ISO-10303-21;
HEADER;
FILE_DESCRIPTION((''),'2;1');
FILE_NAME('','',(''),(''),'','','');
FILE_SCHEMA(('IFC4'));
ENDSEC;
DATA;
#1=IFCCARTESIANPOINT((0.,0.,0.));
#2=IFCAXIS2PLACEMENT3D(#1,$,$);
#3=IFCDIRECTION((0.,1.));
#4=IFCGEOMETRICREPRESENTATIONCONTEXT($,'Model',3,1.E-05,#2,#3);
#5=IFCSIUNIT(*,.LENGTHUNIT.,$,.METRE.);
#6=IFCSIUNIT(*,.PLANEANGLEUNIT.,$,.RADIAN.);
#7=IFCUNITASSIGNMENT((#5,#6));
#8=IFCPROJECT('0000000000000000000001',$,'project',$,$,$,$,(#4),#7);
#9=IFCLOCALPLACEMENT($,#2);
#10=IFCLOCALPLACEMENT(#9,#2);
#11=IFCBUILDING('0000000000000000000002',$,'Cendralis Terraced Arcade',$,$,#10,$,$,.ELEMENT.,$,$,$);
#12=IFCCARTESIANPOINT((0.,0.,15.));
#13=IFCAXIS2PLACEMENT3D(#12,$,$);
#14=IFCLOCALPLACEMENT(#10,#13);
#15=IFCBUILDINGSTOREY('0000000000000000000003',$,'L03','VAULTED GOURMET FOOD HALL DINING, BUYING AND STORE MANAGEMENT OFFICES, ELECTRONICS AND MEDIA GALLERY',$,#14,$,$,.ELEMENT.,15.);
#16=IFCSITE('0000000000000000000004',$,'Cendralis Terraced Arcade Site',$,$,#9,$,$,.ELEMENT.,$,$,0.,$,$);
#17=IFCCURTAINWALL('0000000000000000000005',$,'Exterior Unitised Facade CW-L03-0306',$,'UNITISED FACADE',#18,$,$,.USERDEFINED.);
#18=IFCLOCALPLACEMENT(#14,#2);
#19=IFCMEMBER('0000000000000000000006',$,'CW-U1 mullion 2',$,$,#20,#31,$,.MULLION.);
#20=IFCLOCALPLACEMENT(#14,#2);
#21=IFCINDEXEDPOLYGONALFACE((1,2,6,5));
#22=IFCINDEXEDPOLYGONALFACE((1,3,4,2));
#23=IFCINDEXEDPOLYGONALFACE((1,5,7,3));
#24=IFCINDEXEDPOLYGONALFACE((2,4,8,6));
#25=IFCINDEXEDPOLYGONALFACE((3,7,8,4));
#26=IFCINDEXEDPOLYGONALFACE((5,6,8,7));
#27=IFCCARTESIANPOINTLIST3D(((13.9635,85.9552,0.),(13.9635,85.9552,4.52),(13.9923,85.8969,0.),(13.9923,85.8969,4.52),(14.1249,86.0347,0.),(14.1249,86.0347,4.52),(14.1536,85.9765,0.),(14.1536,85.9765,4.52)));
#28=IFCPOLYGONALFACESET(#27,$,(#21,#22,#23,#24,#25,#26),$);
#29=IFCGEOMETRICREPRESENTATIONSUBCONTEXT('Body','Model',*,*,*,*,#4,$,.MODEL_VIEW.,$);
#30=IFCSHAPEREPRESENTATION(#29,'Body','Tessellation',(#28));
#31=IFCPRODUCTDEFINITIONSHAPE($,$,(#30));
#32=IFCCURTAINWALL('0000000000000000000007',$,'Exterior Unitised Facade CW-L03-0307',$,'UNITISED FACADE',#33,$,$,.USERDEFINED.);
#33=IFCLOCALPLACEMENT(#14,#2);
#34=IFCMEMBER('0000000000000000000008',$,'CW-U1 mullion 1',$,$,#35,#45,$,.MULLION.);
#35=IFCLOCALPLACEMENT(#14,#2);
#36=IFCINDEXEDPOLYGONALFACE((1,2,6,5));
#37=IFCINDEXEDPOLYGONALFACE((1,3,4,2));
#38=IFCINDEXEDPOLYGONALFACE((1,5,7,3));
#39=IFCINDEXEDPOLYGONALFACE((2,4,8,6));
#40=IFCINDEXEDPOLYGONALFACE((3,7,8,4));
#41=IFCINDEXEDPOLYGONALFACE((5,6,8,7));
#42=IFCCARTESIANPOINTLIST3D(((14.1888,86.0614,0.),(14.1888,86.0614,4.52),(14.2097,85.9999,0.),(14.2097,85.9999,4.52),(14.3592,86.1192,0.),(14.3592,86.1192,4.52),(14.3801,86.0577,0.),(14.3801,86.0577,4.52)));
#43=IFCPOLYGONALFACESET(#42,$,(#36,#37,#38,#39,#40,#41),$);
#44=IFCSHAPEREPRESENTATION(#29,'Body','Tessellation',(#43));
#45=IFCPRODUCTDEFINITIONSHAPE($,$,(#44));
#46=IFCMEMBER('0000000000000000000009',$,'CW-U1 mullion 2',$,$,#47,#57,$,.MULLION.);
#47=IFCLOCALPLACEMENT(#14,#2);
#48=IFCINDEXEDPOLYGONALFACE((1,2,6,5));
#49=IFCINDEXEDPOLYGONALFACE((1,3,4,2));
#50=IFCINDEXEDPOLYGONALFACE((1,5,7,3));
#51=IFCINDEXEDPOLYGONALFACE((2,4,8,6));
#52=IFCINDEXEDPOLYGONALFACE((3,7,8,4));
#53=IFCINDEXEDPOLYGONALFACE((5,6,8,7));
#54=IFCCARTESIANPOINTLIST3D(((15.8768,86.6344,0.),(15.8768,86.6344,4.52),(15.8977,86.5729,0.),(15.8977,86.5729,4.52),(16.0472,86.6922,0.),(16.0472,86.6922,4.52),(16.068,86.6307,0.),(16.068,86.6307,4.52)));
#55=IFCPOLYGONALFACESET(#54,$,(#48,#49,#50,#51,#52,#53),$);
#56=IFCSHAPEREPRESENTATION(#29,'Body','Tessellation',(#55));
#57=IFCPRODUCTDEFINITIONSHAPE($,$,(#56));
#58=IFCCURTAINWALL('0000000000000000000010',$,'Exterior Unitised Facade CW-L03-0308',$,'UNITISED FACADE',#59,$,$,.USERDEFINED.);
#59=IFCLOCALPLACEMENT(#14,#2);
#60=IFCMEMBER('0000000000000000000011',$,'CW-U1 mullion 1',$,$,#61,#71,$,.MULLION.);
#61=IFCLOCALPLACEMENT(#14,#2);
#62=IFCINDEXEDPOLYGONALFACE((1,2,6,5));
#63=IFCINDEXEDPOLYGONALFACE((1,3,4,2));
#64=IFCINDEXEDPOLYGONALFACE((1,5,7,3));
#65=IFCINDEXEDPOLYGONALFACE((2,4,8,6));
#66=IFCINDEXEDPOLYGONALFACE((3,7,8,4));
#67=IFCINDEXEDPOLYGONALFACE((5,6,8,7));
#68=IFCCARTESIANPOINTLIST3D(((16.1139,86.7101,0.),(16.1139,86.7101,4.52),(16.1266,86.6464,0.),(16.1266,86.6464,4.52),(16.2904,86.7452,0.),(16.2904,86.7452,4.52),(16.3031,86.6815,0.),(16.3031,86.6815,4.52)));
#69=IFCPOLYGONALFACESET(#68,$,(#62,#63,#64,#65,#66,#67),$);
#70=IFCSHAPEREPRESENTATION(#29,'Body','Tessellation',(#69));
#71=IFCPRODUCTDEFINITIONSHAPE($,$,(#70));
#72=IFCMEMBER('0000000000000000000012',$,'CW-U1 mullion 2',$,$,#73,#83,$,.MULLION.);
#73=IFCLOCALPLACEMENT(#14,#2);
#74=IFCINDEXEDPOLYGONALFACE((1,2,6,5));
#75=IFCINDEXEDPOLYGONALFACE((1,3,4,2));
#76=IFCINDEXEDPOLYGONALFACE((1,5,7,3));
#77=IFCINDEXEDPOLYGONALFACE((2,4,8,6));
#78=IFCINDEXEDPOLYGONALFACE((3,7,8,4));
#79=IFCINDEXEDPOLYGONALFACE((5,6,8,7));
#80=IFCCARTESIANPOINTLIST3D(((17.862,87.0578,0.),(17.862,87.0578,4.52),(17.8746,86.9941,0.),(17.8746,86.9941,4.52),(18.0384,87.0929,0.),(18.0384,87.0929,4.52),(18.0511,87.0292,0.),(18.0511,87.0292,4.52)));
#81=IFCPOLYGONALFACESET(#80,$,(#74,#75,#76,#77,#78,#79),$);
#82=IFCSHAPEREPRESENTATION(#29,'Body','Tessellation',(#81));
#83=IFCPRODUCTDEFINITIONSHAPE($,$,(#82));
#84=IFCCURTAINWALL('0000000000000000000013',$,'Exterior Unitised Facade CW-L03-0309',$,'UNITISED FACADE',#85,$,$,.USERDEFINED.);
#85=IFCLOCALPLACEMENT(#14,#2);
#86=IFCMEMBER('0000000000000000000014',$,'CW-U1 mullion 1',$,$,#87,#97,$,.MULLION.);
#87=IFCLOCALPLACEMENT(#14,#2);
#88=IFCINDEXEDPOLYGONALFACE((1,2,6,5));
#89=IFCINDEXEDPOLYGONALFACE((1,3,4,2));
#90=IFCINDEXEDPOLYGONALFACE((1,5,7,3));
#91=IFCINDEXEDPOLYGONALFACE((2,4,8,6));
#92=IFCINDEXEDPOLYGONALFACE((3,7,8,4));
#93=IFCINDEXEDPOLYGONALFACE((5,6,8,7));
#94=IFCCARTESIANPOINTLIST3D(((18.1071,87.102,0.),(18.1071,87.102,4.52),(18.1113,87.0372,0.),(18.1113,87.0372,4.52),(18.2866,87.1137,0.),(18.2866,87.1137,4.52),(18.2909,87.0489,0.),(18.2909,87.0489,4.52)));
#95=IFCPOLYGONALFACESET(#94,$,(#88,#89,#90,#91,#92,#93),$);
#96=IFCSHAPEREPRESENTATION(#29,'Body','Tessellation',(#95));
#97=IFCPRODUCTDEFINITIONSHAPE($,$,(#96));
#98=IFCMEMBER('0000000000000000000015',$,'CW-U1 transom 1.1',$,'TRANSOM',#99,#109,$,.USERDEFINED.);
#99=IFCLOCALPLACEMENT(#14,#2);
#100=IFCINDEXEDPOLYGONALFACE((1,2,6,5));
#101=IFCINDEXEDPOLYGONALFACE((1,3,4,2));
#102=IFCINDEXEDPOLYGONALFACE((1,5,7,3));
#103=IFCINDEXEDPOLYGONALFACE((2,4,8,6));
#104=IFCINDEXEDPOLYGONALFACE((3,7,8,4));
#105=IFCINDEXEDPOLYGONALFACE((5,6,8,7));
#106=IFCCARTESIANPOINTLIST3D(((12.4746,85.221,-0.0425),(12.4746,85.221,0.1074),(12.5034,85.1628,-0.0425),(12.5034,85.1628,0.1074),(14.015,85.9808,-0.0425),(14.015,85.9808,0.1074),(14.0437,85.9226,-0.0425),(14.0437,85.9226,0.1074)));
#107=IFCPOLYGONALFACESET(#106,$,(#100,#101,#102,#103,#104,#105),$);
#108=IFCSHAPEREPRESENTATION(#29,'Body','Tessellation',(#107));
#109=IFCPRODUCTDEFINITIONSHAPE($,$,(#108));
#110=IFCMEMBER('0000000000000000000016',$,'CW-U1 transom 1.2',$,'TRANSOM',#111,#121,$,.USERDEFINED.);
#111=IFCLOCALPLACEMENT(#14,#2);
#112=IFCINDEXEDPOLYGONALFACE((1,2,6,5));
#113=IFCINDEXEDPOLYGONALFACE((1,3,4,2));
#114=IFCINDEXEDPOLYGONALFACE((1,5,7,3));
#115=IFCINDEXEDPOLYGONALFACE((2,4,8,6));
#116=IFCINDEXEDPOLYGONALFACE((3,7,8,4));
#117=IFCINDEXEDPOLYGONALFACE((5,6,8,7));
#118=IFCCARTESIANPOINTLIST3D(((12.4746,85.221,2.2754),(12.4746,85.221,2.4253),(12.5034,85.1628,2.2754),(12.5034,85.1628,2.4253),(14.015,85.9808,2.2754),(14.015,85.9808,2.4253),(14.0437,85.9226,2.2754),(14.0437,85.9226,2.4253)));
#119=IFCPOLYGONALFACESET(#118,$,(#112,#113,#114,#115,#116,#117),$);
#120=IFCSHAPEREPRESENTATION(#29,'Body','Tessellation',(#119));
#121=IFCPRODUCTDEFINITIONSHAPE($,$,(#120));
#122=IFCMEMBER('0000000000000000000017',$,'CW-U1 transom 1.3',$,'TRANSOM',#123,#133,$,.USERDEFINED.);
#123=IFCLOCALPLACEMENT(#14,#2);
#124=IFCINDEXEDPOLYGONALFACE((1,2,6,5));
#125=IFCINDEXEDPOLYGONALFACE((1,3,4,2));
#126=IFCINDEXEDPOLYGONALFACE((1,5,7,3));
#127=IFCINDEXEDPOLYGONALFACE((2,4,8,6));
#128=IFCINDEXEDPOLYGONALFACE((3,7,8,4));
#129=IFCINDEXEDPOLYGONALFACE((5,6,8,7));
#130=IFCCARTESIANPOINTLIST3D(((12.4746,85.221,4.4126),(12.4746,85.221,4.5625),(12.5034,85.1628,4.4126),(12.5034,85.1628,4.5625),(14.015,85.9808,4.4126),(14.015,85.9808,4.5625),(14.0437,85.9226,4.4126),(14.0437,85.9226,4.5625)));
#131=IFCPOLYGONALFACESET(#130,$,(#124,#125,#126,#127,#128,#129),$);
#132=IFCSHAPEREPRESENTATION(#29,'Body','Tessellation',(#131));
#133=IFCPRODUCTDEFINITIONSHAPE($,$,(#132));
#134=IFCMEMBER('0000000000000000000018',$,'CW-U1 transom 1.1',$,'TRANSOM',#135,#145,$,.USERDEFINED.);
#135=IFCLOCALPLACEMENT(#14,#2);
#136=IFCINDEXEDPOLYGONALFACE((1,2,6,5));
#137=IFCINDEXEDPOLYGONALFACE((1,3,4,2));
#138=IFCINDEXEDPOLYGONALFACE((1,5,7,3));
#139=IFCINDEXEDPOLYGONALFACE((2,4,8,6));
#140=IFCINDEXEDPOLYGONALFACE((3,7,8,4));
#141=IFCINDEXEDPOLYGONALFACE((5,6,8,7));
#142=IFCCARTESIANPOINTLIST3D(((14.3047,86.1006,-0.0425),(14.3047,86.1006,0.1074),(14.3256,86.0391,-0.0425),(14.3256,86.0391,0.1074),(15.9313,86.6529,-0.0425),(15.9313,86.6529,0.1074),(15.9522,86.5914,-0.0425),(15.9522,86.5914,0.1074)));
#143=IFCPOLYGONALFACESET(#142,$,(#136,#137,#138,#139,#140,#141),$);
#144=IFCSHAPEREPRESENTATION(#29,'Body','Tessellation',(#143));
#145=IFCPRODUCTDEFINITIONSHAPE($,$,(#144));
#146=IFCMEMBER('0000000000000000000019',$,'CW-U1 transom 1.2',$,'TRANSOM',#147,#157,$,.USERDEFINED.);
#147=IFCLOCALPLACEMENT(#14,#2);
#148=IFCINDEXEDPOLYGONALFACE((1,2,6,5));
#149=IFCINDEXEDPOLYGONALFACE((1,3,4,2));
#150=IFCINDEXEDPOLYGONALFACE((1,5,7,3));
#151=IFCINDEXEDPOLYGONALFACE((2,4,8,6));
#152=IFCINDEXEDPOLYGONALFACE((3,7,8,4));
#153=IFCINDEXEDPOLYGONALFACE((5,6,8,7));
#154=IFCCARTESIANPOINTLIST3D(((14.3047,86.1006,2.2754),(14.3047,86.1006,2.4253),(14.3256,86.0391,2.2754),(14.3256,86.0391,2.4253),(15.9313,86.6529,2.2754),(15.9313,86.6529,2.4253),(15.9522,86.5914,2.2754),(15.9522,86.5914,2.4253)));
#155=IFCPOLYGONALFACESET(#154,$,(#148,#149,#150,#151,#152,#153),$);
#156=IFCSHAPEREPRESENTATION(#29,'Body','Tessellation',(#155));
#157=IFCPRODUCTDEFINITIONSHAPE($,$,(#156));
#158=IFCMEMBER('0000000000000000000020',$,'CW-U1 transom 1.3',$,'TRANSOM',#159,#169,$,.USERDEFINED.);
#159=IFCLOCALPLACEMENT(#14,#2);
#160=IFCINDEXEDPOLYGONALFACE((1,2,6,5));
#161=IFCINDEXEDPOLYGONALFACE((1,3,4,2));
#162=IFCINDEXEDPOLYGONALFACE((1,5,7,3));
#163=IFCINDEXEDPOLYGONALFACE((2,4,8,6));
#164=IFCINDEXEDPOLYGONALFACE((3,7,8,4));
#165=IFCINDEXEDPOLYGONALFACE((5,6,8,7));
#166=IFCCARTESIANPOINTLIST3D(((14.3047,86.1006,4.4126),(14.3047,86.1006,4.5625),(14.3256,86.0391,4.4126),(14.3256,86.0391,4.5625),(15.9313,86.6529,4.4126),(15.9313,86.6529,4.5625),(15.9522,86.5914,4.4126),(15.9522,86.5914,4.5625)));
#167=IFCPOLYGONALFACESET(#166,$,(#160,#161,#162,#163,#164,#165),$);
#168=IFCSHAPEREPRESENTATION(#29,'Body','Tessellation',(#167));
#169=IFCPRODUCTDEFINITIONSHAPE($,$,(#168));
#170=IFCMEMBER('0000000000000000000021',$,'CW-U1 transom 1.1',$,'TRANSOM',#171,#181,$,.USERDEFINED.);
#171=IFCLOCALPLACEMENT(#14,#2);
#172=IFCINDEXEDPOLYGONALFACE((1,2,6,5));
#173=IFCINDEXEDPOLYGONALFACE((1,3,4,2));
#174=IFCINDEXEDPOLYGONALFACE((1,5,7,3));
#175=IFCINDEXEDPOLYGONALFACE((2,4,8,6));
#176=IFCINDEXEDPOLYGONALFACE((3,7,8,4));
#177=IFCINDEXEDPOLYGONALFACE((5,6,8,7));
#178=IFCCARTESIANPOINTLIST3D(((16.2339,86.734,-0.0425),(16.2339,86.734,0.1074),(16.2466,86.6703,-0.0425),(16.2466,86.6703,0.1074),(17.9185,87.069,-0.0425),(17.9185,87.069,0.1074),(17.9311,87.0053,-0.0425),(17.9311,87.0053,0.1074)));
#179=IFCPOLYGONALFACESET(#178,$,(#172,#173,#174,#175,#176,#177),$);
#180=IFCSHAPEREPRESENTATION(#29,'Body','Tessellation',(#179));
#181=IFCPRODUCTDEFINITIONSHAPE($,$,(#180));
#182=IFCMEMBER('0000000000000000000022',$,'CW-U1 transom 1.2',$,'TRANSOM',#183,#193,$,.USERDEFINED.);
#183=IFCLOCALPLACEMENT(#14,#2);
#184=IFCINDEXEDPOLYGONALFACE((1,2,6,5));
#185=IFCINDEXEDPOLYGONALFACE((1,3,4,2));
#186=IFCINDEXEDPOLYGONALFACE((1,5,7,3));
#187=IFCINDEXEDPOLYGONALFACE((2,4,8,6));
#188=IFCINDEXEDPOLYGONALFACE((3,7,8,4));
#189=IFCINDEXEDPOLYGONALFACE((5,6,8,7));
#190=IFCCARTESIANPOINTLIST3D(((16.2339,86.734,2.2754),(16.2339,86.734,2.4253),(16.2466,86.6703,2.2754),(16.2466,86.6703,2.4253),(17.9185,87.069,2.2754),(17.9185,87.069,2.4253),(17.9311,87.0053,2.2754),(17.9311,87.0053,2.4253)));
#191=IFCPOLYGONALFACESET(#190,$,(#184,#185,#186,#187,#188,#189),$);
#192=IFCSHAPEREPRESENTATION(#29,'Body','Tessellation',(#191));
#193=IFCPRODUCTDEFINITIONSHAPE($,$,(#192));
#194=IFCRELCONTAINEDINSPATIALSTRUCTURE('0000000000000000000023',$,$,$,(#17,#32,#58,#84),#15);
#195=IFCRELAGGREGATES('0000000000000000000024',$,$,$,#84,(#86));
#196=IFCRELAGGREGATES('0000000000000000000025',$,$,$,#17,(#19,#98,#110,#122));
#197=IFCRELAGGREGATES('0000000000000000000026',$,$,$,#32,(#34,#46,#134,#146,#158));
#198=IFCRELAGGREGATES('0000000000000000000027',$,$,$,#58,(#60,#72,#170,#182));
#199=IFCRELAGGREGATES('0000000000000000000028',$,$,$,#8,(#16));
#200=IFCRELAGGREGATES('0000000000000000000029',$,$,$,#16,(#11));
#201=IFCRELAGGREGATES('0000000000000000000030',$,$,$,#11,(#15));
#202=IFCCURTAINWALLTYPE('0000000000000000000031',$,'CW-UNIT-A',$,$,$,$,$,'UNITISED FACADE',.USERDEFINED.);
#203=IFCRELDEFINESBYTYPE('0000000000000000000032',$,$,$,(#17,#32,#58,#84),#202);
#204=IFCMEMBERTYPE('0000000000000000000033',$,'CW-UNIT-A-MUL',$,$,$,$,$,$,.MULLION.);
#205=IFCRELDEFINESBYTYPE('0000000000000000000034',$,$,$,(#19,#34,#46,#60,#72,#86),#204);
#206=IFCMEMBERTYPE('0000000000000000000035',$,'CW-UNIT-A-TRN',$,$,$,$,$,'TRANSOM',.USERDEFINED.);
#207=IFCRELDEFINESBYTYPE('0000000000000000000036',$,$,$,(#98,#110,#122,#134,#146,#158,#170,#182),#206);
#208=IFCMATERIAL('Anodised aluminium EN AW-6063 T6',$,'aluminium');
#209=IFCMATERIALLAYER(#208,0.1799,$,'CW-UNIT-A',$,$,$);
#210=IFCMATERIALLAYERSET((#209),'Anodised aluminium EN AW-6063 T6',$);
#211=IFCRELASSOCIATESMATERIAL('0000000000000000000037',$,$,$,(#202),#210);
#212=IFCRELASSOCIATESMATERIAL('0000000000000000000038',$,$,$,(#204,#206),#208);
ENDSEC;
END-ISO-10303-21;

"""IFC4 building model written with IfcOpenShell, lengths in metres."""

from ifc_helpers import new_model, si_unit, direction, frame, origin, origin_2d, place, context, subcontext, project, spatial, rectangle, extrude, material, layer, layer_set, material_profile, profile_set, type_object, element, aggregate, save


model = new_model("IFC4")

# Units and contexts
model_context = context("Model", 3, precision=1e-05, world=origin(), true_north=direction((0.0, 1.0)))
body_context = subcontext(model_context, "Body", "Model", "MODEL_VIEW")
ifc_project = project(units=[si_unit("LENGTHUNIT", "METRE"), si_unit("PLANEANGLEUNIT", "RADIAN")], contexts=[model_context])

# Site, building, storey
site_placement = place(None, origin())
site = spatial("IfcSite", under=ifc_project, at=site_placement, Name="Cendralis Terraced Arcade Site", CompositionType="ELEMENT", RefElevation=0.0)
building_placement = place(site_placement, origin())
building = spatial("IfcBuilding", under=site, at=building_placement, Name="Cendralis Terraced Arcade", CompositionType="ELEMENT")
storey_placement = place(building_placement, frame((0.0, 0.0, 15.0)))
storey = spatial("IfcBuildingStorey", under=building, at=storey_placement, Name="L03", Description="VAULTED GOURMET FOOD HALL DINING, BUYING AND STORE MANAGEMENT OFFICES, ELECTRONICS AND MEDIA GALLERY", CompositionType="ELEMENT", Elevation=15.0)

# Curtain wall, member
ifc_material_1 = material(Name="Anodised aluminium EN AW-6063 T6", Category="aluminium")
ifc_layer_1 = layer(ifc_material_1, 0.1799, Name="CW-UNIT-A")
ifc_layer_set_1 = layer_set([ifc_layer_1], Name="Anodised aluminium EN AW-6063 T6")
curtain_wall_type = type_object("IfcCurtainWallType", Name="CW-UNIT-A", ElementType="UNITISED FACADE", PredefinedType="USERDEFINED", material=ifc_layer_set_1)
curtain_wall_1_placement = place(storey_placement, origin())
curtain_wall_1 = element("IfcCurtainWall", 1, at=curtain_wall_1_placement, inside=storey, type_object=curtain_wall_type, Name="Exterior Unitised Facade CW-L03-0306", ObjectType="UNITISED FACADE", PredefinedType="USERDEFINED")
ifc_material_profile_1 = material_profile(ifc_material_1, rectangle(XDim=0.0649, YDim=0.1799, at=origin_2d()), Name="ALU-MUL-65x180")
ifc_profile_set_1 = profile_set([ifc_material_profile_1], Name="Anodised aluminium EN AW-6063 T6")
member_type_1 = type_object("IfcMemberType", Name="CW-UNIT-A-MUL", PredefinedType="MULLION", material=ifc_profile_set_1)
member_1_placement = place(storey_placement, frame((14.0586, 85.9658, 0.0), z_axis=(0.0, 0.0, 1.0), x_axis=(-0.44227, 0.896882, 0.0)))
member_1 = element("IfcMember", 2, at=member_1_placement, type_object=member_type_1, Name="CW-U1 mullion 2", PredefinedType="MULLION", context=body_context, shape_type="SweptSolid", body=[
    extrude(rectangle(XDim=0.0649, YDim=0.1799, at=origin_2d()), origin(), (0.0, 0.0, 1.0), 4.52),
])

# Curtain walls, members
curtain_wall_2_placement = place(storey_placement, origin())
curtain_wall_2 = element("IfcCurtainWall", 3, at=curtain_wall_2_placement, inside=storey, type_object=curtain_wall_type, Name="Exterior Unitised Facade CW-L03-0307", ObjectType="UNITISED FACADE", PredefinedType="USERDEFINED")
member_2_placement = place(storey_placement, frame((14.2844, 86.0596, 0.0), z_axis=(0.0, 0.0, 1.0), x_axis=(-0.3215, 0.94691, 0.0)))
member_2 = element("IfcMember", 4, at=member_2_placement, type_object=member_type_1, Name="CW-U1 mullion 1", PredefinedType="MULLION", context=body_context, shape_type="SweptSolid", body=[
    extrude(rectangle(XDim=0.0649, YDim=0.1799, at=origin_2d()), origin(), (0.0, 0.0, 1.0), 4.52),
])
member_3_placement = place(storey_placement, frame((15.9724, 86.6326, 0.0), z_axis=(0.0, 0.0, 1.0), x_axis=(-0.3215, 0.94691, 0.0)))
member_3 = element("IfcMember", 5, at=member_3_placement, type_object=member_type_1, Name="CW-U1 mullion 2", PredefinedType="MULLION", context=body_context, shape_type="SweptSolid", body=[
    extrude(rectangle(XDim=0.0649, YDim=0.1799, at=origin_2d()), origin(), (0.0, 0.0, 1.0), 4.52),
])
curtain_wall_3_placement = place(storey_placement, origin())
curtain_wall_3 = element("IfcCurtainWall", 6, at=curtain_wall_3_placement, inside=storey, type_object=curtain_wall_type, Name="Exterior Unitised Facade CW-L03-0308", ObjectType="UNITISED FACADE", PredefinedType="USERDEFINED")
member_4_placement = place(storey_placement, frame((16.2085, 86.6958, 0.0), z_axis=(0.0, 0.0, 1.0), x_axis=(-0.195033, 0.980797, 0.0)))
member_4 = element("IfcMember", 7, at=member_4_placement, type_object=member_type_1, Name="CW-U1 mullion 1", PredefinedType="MULLION", context=body_context, shape_type="SweptSolid", body=[
    extrude(rectangle(XDim=0.0649, YDim=0.1799, at=origin_2d()), origin(), (0.0, 0.0, 1.0), 4.52),
])
member_5_placement = place(storey_placement, frame((17.9565, 87.0435, 0.0), z_axis=(0.0, 0.0, 1.0), x_axis=(-0.195033, 0.980797, 0.0)))
member_5 = element("IfcMember", 8, at=member_5_placement, type_object=member_type_1, Name="CW-U1 mullion 2", PredefinedType="MULLION", context=body_context, shape_type="SweptSolid", body=[
    extrude(rectangle(XDim=0.0649, YDim=0.1799, at=origin_2d()), origin(), (0.0, 0.0, 1.0), 4.52),
])

# Curtain wall, member
curtain_wall_4_placement = place(storey_placement, origin())
curtain_wall_4 = element("IfcCurtainWall", 9, at=curtain_wall_4_placement, inside=storey, type_object=curtain_wall_type, Name="Exterior Unitised Facade CW-L03-0309", ObjectType="UNITISED FACADE", PredefinedType="USERDEFINED")
member_6_placement = place(storey_placement, frame((18.199, 87.0754, 0.0), z_axis=(0.0, 0.0, 1.0), x_axis=(-0.065384, 0.99786, 0.0)))
member_6 = element("IfcMember", 10, at=member_6_placement, type_object=member_type_1, Name="CW-U1 mullion 1", PredefinedType="MULLION", context=body_context, shape_type="SweptSolid", body=[
    extrude(rectangle(XDim=0.0649, YDim=0.1799, at=origin_2d()), origin(), (0.0, 0.0, 1.0), 4.52),
])

# Members
ifc_material_profile_2 = material_profile(ifc_material_1, rectangle(XDim=0.0649, YDim=0.1499, at=origin_2d()), Name="ALU-TRN-65x150")
ifc_profile_set_2 = profile_set([ifc_material_profile_2], Name="Anodised aluminium EN AW-6063 T6")
member_type_2 = type_object("IfcMemberType", Name="CW-UNIT-A-TRN", ElementType="TRANSOM", PredefinedType="USERDEFINED", material=ifc_profile_set_2)
member_7_placement = place(storey_placement, frame((12.489, 85.1919, 0.0325), z_axis=(0.896831, 0.442374, 0.0), x_axis=(-0.442374, 0.896831, 0.0)))
member_7 = element("IfcMember", 11, at=member_7_placement, type_object=member_type_2, Name="CW-U1 transom 1.1", ObjectType="TRANSOM", PredefinedType="USERDEFINED", context=body_context, shape_type="SweptSolid", body=[
    extrude(rectangle(XDim=0.0649, YDim=0.1499, at=origin_2d()), origin(), (0.0, 0.0, 1.0), 1.7175),
])
member_8_placement = place(storey_placement, frame((12.489, 85.1919, 2.3503), z_axis=(0.896831, 0.442374, 0.0), x_axis=(-0.442374, 0.896831, 0.0)))
member_8 = element("IfcMember", 12, at=member_8_placement, type_object=member_type_2, Name="CW-U1 transom 1.2", ObjectType="TRANSOM", PredefinedType="USERDEFINED", context=body_context, shape_type="SweptSolid", body=[
    extrude(rectangle(XDim=0.0649, YDim=0.1499, at=origin_2d()), origin(), (0.0, 0.0, 1.0), 1.7175),
])
member_9_placement = place(storey_placement, frame((12.489, 85.1919, 4.4875), z_axis=(0.896831, 0.442374, 0.0), x_axis=(-0.442374, 0.896831, 0.0)))
member_9 = element("IfcMember", 13, at=member_9_placement, type_object=member_type_2, Name="CW-U1 transom 1.3", ObjectType="TRANSOM", PredefinedType="USERDEFINED", context=body_context, shape_type="SweptSolid", body=[
    extrude(rectangle(XDim=0.0649, YDim=0.1499, at=origin_2d()), origin(), (0.0, 0.0, 1.0), 1.7175),
])
member_10_placement = place(storey_placement, frame((14.3152, 86.0698, 0.0325), z_axis=(0.946906, 0.32151, 0.0), x_axis=(-0.32151, 0.946906, 0.0)))
member_10 = element("IfcMember", 14, at=member_10_placement, type_object=member_type_2, Name="CW-U1 transom 1.1", ObjectType="TRANSOM", PredefinedType="USERDEFINED", context=body_context, shape_type="SweptSolid", body=[
    extrude(rectangle(XDim=0.0649, YDim=0.1499, at=origin_2d()), origin(), (0.0, 0.0, 1.0), 1.7178),
])
member_11_placement = place(storey_placement, frame((14.3152, 86.0698, 2.3503), z_axis=(0.946906, 0.32151, 0.0), x_axis=(-0.32151, 0.946906, 0.0)))
member_11 = element("IfcMember", 15, at=member_11_placement, type_object=member_type_2, Name="CW-U1 transom 1.2", ObjectType="TRANSOM", PredefinedType="USERDEFINED", context=body_context, shape_type="SweptSolid", body=[
    extrude(rectangle(XDim=0.0649, YDim=0.1499, at=origin_2d()), origin(), (0.0, 0.0, 1.0), 1.7178),
])
member_12_placement = place(storey_placement, frame((14.3152, 86.0698, 4.4875), z_axis=(0.946906, 0.32151, 0.0), x_axis=(-0.32151, 0.946906, 0.0)))
member_12 = element("IfcMember", 16, at=member_12_placement, type_object=member_type_2, Name="CW-U1 transom 1.3", ObjectType="TRANSOM", PredefinedType="USERDEFINED", context=body_context, shape_type="SweptSolid", body=[
    extrude(rectangle(XDim=0.0649, YDim=0.1499, at=origin_2d()), origin(), (0.0, 0.0, 1.0), 1.7178),
])
member_13_placement = place(storey_placement, frame((16.2402, 86.7021, 0.0325), z_axis=(0.980799, 0.195023, 0.0), x_axis=(-0.195023, 0.980799, 0.0)))
member_13 = element("IfcMember", 17, at=member_13_placement, type_object=member_type_2, Name="CW-U1 transom 1.1", ObjectType="TRANSOM", PredefinedType="USERDEFINED", context=body_context, shape_type="SweptSolid", body=[
    extrude(rectangle(XDim=0.0649, YDim=0.1499, at=origin_2d()), origin(), (0.0, 0.0, 1.0), 1.7175),
])
member_14_placement = place(storey_placement, frame((16.2402, 86.7021, 2.3503), z_axis=(0.980799, 0.195023, 0.0), x_axis=(-0.195023, 0.980799, 0.0)))
member_14 = element("IfcMember", 18, at=member_14_placement, type_object=member_type_2, Name="CW-U1 transom 1.2", ObjectType="TRANSOM", PredefinedType="USERDEFINED", context=body_context, shape_type="SweptSolid", body=[
    extrude(rectangle(XDim=0.0649, YDim=0.1499, at=origin_2d()), origin(), (0.0, 0.0, 1.0), 1.7175),
])
aggregate(curtain_wall_4, [member_6])

aggregate(curtain_wall_1, [member_1, member_7, member_8, member_9])
aggregate(curtain_wall_2, [member_2, member_3, member_10, member_11, member_12])
aggregate(curtain_wall_3, [member_4, member_5, member_13, member_14])

save(model, "model.ifc")
